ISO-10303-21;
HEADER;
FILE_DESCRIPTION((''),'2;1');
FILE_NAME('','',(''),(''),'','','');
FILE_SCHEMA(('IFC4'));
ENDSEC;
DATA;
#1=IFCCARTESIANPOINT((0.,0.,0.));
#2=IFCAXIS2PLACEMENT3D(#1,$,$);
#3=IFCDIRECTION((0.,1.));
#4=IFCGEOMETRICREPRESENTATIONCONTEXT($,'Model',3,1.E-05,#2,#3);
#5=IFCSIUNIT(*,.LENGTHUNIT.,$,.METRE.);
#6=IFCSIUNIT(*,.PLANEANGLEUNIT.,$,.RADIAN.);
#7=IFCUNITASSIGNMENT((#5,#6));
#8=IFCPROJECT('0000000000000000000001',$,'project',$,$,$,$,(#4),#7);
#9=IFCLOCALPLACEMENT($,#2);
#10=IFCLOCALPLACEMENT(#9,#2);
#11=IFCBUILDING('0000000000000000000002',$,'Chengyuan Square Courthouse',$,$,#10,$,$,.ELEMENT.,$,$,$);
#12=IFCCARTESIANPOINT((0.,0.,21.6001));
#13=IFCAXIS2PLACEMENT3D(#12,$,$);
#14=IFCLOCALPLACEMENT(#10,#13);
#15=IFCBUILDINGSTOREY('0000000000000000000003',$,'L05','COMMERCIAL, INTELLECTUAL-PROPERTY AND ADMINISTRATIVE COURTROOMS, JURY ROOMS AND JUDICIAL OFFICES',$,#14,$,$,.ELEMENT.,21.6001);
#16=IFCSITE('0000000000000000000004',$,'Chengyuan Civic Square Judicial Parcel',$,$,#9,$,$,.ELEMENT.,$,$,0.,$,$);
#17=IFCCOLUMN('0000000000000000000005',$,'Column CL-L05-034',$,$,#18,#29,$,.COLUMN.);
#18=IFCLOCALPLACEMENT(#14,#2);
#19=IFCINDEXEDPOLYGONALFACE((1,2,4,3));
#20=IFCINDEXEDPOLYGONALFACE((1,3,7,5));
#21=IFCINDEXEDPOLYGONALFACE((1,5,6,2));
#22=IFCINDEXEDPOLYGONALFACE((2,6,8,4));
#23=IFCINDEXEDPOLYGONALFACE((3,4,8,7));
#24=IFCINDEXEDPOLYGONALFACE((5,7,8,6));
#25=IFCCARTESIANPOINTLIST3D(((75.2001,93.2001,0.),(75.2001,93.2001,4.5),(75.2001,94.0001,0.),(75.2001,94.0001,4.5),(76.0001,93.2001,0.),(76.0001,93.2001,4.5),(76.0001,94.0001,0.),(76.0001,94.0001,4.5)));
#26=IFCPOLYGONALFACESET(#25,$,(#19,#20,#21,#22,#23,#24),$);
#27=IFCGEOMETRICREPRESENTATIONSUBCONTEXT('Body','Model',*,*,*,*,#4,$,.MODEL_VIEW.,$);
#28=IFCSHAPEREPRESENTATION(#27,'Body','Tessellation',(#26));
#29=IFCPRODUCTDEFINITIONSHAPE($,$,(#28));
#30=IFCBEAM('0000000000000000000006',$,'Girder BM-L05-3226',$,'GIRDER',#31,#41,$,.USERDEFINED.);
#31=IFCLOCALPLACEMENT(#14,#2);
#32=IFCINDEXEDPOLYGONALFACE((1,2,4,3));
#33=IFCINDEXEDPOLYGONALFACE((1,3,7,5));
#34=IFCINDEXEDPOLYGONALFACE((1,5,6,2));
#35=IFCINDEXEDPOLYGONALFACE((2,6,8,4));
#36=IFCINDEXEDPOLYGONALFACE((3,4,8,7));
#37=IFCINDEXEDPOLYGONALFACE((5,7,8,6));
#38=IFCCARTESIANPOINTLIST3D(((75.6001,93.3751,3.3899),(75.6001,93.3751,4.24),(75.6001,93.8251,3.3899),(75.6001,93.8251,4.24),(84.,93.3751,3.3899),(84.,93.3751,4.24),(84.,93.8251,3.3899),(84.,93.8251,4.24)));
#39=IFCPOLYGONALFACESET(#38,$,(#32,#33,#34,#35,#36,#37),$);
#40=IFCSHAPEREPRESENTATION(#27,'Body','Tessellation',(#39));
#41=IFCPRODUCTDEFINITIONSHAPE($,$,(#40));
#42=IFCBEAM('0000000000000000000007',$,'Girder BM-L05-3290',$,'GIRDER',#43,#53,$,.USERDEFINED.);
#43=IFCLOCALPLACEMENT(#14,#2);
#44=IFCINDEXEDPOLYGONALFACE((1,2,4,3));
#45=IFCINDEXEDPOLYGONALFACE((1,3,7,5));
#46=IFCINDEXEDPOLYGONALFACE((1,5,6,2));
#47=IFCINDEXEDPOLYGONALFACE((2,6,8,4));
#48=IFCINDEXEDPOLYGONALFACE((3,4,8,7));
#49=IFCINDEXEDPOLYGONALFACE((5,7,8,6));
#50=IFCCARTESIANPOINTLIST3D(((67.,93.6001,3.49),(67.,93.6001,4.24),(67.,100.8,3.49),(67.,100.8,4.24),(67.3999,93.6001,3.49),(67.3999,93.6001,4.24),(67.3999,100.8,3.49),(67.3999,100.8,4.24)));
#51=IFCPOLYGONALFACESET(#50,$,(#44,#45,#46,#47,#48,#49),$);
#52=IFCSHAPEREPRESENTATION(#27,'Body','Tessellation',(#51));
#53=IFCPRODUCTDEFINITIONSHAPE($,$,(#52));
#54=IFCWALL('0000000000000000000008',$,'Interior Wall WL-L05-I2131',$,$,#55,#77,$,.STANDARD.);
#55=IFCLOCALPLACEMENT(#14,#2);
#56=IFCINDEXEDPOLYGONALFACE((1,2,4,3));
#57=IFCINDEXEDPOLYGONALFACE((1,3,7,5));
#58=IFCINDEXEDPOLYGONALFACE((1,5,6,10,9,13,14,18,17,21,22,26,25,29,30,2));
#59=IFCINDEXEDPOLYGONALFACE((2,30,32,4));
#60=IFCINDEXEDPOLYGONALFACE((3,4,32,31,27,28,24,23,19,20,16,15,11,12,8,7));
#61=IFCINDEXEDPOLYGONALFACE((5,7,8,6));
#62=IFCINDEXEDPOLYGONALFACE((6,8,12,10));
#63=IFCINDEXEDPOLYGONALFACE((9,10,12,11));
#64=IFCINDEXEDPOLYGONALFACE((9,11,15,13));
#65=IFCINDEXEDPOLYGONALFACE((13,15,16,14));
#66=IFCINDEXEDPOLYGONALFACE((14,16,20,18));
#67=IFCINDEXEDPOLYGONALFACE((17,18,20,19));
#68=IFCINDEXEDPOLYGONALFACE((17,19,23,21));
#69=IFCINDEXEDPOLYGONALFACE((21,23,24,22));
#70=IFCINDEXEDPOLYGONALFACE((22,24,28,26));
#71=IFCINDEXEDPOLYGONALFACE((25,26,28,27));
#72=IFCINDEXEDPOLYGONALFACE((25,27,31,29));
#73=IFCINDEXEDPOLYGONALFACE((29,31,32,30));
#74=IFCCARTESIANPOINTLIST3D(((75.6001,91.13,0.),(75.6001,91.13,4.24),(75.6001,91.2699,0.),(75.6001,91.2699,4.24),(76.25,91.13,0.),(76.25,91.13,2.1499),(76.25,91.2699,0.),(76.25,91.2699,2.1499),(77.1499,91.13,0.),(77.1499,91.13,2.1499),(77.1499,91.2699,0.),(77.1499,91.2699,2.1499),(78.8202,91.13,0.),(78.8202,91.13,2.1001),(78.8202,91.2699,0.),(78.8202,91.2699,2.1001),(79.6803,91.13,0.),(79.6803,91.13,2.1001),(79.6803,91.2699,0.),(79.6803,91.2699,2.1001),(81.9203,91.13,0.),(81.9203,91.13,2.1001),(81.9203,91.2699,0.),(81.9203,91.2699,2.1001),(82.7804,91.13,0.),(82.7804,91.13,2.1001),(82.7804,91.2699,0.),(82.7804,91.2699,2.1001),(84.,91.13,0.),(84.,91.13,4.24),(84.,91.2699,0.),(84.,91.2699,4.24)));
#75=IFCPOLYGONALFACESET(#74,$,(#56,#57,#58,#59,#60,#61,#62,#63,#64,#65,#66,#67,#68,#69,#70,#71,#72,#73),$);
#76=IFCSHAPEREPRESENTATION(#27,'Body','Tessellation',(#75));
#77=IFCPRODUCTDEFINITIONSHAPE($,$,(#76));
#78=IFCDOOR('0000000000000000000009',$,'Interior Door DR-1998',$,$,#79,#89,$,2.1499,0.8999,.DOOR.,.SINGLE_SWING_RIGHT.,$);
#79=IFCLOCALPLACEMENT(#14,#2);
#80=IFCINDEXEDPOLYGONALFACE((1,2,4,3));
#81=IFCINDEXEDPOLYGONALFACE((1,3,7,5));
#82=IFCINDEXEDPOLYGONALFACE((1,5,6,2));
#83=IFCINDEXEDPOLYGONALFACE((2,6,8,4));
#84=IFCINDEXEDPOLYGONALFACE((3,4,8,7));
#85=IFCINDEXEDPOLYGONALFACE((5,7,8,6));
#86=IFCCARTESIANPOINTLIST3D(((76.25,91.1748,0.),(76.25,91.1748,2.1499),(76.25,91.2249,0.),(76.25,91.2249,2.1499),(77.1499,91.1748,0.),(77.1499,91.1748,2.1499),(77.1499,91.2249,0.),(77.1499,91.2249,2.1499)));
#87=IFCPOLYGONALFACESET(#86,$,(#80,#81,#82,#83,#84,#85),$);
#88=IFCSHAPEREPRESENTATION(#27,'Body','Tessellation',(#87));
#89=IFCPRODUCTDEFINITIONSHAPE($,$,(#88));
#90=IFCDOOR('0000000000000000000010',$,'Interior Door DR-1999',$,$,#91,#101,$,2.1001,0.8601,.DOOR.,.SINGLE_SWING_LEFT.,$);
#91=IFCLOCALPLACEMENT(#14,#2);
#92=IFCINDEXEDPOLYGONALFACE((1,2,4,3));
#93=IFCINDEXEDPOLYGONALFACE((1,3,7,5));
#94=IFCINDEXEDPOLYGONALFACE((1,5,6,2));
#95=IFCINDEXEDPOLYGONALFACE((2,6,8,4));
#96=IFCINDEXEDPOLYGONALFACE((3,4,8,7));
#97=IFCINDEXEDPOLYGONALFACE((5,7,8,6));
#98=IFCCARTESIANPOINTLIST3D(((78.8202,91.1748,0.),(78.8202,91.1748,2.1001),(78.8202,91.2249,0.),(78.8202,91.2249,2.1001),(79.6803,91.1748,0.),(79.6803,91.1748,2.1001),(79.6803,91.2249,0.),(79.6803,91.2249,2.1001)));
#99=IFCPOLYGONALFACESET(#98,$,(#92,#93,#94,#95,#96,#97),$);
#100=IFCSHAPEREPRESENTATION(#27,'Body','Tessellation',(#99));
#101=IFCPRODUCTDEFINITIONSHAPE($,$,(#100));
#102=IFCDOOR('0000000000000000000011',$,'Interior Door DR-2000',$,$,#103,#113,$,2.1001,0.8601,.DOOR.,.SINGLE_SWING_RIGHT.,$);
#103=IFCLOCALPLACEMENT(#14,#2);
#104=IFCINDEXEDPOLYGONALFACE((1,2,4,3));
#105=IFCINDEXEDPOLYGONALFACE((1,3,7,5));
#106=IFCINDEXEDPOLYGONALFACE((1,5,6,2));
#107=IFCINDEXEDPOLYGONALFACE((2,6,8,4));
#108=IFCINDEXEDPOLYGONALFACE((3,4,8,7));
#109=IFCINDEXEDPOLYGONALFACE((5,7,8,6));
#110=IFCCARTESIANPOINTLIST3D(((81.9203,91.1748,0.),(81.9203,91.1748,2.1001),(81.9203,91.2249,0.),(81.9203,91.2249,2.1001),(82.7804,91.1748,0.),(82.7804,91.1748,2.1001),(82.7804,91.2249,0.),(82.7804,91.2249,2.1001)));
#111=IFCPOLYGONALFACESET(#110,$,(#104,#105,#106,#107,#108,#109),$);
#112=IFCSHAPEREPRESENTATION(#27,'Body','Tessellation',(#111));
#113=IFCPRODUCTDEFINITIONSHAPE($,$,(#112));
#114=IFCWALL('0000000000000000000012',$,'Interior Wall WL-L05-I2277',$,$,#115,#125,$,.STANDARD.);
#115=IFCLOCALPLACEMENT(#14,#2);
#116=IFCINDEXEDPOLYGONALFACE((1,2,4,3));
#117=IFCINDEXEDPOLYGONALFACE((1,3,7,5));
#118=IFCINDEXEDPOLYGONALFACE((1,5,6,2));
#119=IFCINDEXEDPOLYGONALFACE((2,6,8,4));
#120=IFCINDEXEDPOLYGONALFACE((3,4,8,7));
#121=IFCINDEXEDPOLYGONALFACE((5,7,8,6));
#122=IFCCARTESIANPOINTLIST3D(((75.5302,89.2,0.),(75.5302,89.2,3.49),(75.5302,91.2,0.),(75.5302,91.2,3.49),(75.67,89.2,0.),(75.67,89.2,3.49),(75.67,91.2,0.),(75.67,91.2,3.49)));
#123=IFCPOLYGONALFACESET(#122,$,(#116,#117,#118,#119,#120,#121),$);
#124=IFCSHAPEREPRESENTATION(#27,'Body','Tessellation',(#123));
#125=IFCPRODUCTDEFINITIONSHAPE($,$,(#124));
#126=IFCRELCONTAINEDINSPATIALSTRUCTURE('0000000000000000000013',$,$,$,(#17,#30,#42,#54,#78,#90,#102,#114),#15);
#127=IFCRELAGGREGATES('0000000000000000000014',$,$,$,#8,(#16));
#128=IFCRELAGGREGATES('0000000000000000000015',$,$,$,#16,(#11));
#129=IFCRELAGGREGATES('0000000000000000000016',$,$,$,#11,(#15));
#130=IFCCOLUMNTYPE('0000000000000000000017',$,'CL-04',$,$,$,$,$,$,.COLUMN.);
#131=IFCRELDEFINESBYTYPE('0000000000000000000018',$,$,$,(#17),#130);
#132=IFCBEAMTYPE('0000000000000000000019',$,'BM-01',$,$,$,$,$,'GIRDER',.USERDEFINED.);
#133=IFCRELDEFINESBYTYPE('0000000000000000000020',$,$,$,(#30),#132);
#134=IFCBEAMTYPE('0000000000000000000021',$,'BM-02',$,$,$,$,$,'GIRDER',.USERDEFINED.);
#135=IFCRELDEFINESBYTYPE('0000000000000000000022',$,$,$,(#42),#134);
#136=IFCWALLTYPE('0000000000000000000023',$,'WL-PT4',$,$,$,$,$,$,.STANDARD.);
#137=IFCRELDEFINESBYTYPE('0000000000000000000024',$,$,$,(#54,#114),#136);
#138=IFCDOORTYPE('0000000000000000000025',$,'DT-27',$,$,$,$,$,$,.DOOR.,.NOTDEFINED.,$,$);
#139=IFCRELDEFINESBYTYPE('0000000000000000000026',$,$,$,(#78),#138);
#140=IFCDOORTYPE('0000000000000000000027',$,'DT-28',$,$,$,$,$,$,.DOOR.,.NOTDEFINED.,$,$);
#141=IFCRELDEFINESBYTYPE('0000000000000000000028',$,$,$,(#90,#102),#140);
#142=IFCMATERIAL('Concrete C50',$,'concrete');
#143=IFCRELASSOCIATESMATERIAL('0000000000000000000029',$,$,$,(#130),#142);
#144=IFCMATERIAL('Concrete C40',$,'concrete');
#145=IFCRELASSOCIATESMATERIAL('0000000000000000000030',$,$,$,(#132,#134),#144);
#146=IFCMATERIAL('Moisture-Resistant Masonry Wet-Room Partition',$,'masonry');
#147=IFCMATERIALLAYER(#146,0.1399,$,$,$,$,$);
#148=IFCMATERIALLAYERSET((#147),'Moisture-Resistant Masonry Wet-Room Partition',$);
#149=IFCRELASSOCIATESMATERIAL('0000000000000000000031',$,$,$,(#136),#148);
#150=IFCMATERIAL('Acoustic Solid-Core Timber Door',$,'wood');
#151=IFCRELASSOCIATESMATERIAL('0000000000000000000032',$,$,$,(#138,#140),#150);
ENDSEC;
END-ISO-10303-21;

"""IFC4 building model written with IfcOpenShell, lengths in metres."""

from ifc_helpers import new_model, si_unit, direction, frame, frame_2d, origin, origin_2d, place, context, subcontext, project, spatial, rectangle, extrude, material, layer, layer_set, material_profile, profile_set, type_object, element, fill, save


model = new_model("IFC4")

# Units and contexts
model_context = context("Model", 3, precision=1e-05, world=origin(), true_north=direction((0.0, 1.0)))
body_context = subcontext(model_context, "Body", "Model", "MODEL_VIEW")
ifc_project = project(units=[si_unit("LENGTHUNIT", "METRE"), si_unit("PLANEANGLEUNIT", "RADIAN")], contexts=[model_context])

# Site, building, storey
site_placement = place(None, origin())
site = spatial("IfcSite", under=ifc_project, at=site_placement, Name="Chengyuan Civic Square Judicial Parcel", CompositionType="ELEMENT", RefElevation=0.0)
building_placement = place(site_placement, origin())
building = spatial("IfcBuilding", under=site, at=building_placement, Name="Chengyuan Square Courthouse", CompositionType="ELEMENT")
storey_placement = place(building_placement, frame((0.0, 0.0, 21.6001)))
storey = spatial("IfcBuildingStorey", under=building, at=storey_placement, Name="L05", Description="COMMERCIAL, INTELLECTUAL-PROPERTY AND ADMINISTRATIVE COURTROOMS, JURY ROOMS AND JUDICIAL OFFICES", CompositionType="ELEMENT", Elevation=21.6001)

# Column
ifc_material_1 = material(Name="Concrete C50", Category="concrete")
ifc_material_profile_1 = material_profile(ifc_material_1, rectangle(XDim=0.8, YDim=0.8, at=origin_2d()), Name="RC-COL-800x800")
ifc_profile_set_1 = profile_set([ifc_material_profile_1], Name="Concrete C50")
column_type = type_object("IfcColumnType", Name="CL-04", PredefinedType="COLUMN", material=ifc_profile_set_1)
column_placement = place(storey_placement, frame((75.6001, 93.6001, 0.0), z_axis=(0.0, 0.0, 1.0), x_axis=(1.0, 0.0, 0.0)))
element("IfcColumn", 1, at=column_placement, inside=storey, type_object=column_type, Name="Column CL-L05-034", PredefinedType="COLUMN", context=body_context, shape_type="SweptSolid", body=[
    extrude(rectangle(XDim=0.8, YDim=0.8, at=origin_2d()), origin(), (0.0, 0.0, 1.0), 4.5),
])

# Beams
ifc_material_2 = material(Name="Concrete C40", Category="concrete")
ifc_material_profile_2 = material_profile(ifc_material_2, rectangle(XDim=0.45, YDim=0.8501, at=origin_2d()), Name="RC-BM-450x850")
ifc_profile_set_2 = profile_set([ifc_material_profile_2], Name="Concrete C40")
beam_type_1 = type_object("IfcBeamType", Name="BM-01", ElementType="GIRDER", PredefinedType="USERDEFINED", material=ifc_profile_set_2)
beam_1_placement = place(storey_placement, frame((75.6001, 93.6001, 3.8149), z_axis=(1.0, 0.0, 0.0), x_axis=(0.0, 1.0, 0.0)))
element("IfcBeam", 2, at=beam_1_placement, inside=storey, type_object=beam_type_1, Name="Girder BM-L05-3226", ObjectType="GIRDER", PredefinedType="USERDEFINED", context=body_context, shape_type="SweptSolid", body=[
    extrude(rectangle(XDim=0.45, YDim=0.8501, at=origin_2d()), origin(), (0.0, 0.0, 1.0), 8.3999),
])
ifc_material_profile_3 = material_profile(ifc_material_2, rectangle(XDim=0.3999, YDim=0.75, at=origin_2d()), Name="RC-BM-400x750")
ifc_profile_set_3 = profile_set([ifc_material_profile_3], Name="Concrete C40")
beam_type_2 = type_object("IfcBeamType", Name="BM-02", ElementType="GIRDER", PredefinedType="USERDEFINED", material=ifc_profile_set_3)
beam_2_placement = place(storey_placement, frame((67.2, 93.6001, 3.865), z_axis=(0.0, 1.0, 0.0), x_axis=(-1.0, 0.0, 0.0)))
element("IfcBeam", 3, at=beam_2_placement, inside=storey, type_object=beam_type_2, Name="Girder BM-L05-3290", ObjectType="GIRDER", PredefinedType="USERDEFINED", context=body_context, shape_type="SweptSolid", body=[
    extrude(rectangle(XDim=0.3999, YDim=0.75, at=origin_2d()), origin(), (0.0, 0.0, 1.0), 7.2),
])

# Wall, openings, doors
ifc_material_3 = material(Name="Moisture-Resistant Masonry Wet-Room Partition", Category="masonry")
ifc_layer_1 = layer(ifc_material_3, 0.1399)
ifc_layer_set_1 = layer_set([ifc_layer_1], Name="Moisture-Resistant Masonry Wet-Room Partition")
wall_type_1 = type_object("IfcWallType", Name="WL-PT4", PredefinedType="STANDARD", material=ifc_layer_set_1)
wall_1_placement = place(storey_placement, frame((75.6001, 91.2, 0.0), z_axis=(0.0, 0.0, 1.0), x_axis=(1.0, 0.0, 0.0)))
wall_1 = element("IfcWall", 4, at=wall_1_placement, inside=storey, type_object=wall_type_1, Name="Interior Wall WL-L05-I2131", PredefinedType="STANDARD", context=body_context, shape_type="SweptSolid", body=[
    extrude(rectangle(XDim=8.3999, YDim=0.1399, at=frame_2d((4.2, 0.0))), origin(), (0.0, 0.0, 1.0), 4.24),
])
opening_1_placement = place(wall_1_placement, frame((0.6499, 0.0, 0.0)))
opening_1 = element("IfcOpeningElement", 5, at=opening_1_placement, cuts=wall_1, PredefinedType="OPENING", context=body_context, shape_type="SweptSolid", body=[
    extrude(rectangle(XDim=0.8999, YDim=2.1499, at=frame_2d((0.45, 1.075))), frame((0.0, 0.082, 0.0), z_axis=(0.0, -1.0, 0.0), x_axis=(1.0, 0.0, 0.0)), (0.0, 0.0, 1.0), 0.1638),
])
opening_2_placement = place(wall_1_placement, frame((3.22, 0.0, 0.0)))
opening_2 = element("IfcOpeningElement", 6, at=opening_2_placement, cuts=wall_1, PredefinedType="OPENING", context=body_context, shape_type="SweptSolid", body=[
    extrude(rectangle(XDim=0.8601, YDim=2.1001, at=frame_2d((0.4302, 1.05))), frame((0.0, 0.082, 0.0), z_axis=(0.0, -1.0, 0.0), x_axis=(1.0, 0.0, 0.0)), (0.0, 0.0, 1.0), 0.1638),
])
opening_3_placement = place(wall_1_placement, frame((6.3201, 0.0, 0.0)))
opening_3 = element("IfcOpeningElement", 7, at=opening_3_placement, cuts=wall_1, PredefinedType="OPENING", context=body_context, shape_type="SweptSolid", body=[
    extrude(rectangle(XDim=0.8601, YDim=2.1001, at=frame_2d((0.4302, 1.05))), frame((0.0, 0.082, 0.0), z_axis=(0.0, -1.0, 0.0), x_axis=(1.0, 0.0, 0.0)), (0.0, 0.0, 1.0), 0.1638),
])
ifc_material_4 = material(Name="Acoustic Solid-Core Timber Door", Category="wood")
door_type_1 = type_object("IfcDoorType", Name="DT-27", OperationType="NOTDEFINED", PredefinedType="DOOR", material=ifc_material_4)
door_1_placement = place(opening_1_placement, origin())
door_1 = element("IfcDoor", 8, at=door_1_placement, inside=storey, type_object=door_type_1, Name="Interior Door DR-1998", OperationType="SINGLE_SWING_RIGHT", OverallHeight=2.1499, OverallWidth=0.8999, PredefinedType="DOOR", context=body_context, shape_type="SweptSolid", body=[
    extrude(rectangle(XDim=0.8999, YDim=2.1499, at=frame_2d((0.45, 1.075))), frame((0.0, 0.0249, 0.0), z_axis=(0.0, -1.0, 0.0), x_axis=(1.0, 0.0, 0.0)), (0.0, 0.0, 1.0), 0.05),
])
fill(opening_1, door_1)
door_type_2 = type_object("IfcDoorType", Name="DT-28", OperationType="NOTDEFINED", PredefinedType="DOOR", material=ifc_material_4)
door_2_placement = place(opening_2_placement, origin())
door_2 = element("IfcDoor", 9, at=door_2_placement, inside=storey, type_object=door_type_2, Name="Interior Door DR-1999", OperationType="SINGLE_SWING_LEFT", OverallHeight=2.1001, OverallWidth=0.8601, PredefinedType="DOOR", context=body_context, shape_type="SweptSolid", body=[
    extrude(rectangle(XDim=0.8601, YDim=2.1001, at=frame_2d((0.4302, 1.05))), frame((0.0, 0.0249, 0.0), z_axis=(0.0, -1.0, 0.0), x_axis=(1.0, 0.0, 0.0)), (0.0, 0.0, 1.0), 0.05),
])
fill(opening_2, door_2)
door_3_placement = place(opening_3_placement, origin())
door_3 = element("IfcDoor", 10, at=door_3_placement, inside=storey, type_object=door_type_2, Name="Interior Door DR-2000", OperationType="SINGLE_SWING_RIGHT", OverallHeight=2.1001, OverallWidth=0.8601, PredefinedType="DOOR", context=body_context, shape_type="SweptSolid", body=[
    extrude(rectangle(XDim=0.8601, YDim=2.1001, at=frame_2d((0.4302, 1.05))), frame((0.0, 0.0249, 0.0), z_axis=(0.0, -1.0, 0.0), x_axis=(1.0, 0.0, 0.0)), (0.0, 0.0, 1.0), 0.05),
])
fill(opening_3, door_3)

# Wall
wall_2_placement = place(storey_placement, frame((75.6001, 89.2, 0.0), z_axis=(0.0, 0.0, 1.0), x_axis=(0.0, 1.0, 0.0)))
element("IfcWall", 11, at=wall_2_placement, inside=storey, type_object=wall_type_1, Name="Interior Wall WL-L05-I2277", PredefinedType="STANDARD", context=body_context, shape_type="SweptSolid", body=[
    extrude(rectangle(XDim=2.0, YDim=0.1399, at=frame_2d((1.0, 0.0))), origin(), (0.0, 0.0, 1.0), 3.49),
])

save(model, "model.ifc")
